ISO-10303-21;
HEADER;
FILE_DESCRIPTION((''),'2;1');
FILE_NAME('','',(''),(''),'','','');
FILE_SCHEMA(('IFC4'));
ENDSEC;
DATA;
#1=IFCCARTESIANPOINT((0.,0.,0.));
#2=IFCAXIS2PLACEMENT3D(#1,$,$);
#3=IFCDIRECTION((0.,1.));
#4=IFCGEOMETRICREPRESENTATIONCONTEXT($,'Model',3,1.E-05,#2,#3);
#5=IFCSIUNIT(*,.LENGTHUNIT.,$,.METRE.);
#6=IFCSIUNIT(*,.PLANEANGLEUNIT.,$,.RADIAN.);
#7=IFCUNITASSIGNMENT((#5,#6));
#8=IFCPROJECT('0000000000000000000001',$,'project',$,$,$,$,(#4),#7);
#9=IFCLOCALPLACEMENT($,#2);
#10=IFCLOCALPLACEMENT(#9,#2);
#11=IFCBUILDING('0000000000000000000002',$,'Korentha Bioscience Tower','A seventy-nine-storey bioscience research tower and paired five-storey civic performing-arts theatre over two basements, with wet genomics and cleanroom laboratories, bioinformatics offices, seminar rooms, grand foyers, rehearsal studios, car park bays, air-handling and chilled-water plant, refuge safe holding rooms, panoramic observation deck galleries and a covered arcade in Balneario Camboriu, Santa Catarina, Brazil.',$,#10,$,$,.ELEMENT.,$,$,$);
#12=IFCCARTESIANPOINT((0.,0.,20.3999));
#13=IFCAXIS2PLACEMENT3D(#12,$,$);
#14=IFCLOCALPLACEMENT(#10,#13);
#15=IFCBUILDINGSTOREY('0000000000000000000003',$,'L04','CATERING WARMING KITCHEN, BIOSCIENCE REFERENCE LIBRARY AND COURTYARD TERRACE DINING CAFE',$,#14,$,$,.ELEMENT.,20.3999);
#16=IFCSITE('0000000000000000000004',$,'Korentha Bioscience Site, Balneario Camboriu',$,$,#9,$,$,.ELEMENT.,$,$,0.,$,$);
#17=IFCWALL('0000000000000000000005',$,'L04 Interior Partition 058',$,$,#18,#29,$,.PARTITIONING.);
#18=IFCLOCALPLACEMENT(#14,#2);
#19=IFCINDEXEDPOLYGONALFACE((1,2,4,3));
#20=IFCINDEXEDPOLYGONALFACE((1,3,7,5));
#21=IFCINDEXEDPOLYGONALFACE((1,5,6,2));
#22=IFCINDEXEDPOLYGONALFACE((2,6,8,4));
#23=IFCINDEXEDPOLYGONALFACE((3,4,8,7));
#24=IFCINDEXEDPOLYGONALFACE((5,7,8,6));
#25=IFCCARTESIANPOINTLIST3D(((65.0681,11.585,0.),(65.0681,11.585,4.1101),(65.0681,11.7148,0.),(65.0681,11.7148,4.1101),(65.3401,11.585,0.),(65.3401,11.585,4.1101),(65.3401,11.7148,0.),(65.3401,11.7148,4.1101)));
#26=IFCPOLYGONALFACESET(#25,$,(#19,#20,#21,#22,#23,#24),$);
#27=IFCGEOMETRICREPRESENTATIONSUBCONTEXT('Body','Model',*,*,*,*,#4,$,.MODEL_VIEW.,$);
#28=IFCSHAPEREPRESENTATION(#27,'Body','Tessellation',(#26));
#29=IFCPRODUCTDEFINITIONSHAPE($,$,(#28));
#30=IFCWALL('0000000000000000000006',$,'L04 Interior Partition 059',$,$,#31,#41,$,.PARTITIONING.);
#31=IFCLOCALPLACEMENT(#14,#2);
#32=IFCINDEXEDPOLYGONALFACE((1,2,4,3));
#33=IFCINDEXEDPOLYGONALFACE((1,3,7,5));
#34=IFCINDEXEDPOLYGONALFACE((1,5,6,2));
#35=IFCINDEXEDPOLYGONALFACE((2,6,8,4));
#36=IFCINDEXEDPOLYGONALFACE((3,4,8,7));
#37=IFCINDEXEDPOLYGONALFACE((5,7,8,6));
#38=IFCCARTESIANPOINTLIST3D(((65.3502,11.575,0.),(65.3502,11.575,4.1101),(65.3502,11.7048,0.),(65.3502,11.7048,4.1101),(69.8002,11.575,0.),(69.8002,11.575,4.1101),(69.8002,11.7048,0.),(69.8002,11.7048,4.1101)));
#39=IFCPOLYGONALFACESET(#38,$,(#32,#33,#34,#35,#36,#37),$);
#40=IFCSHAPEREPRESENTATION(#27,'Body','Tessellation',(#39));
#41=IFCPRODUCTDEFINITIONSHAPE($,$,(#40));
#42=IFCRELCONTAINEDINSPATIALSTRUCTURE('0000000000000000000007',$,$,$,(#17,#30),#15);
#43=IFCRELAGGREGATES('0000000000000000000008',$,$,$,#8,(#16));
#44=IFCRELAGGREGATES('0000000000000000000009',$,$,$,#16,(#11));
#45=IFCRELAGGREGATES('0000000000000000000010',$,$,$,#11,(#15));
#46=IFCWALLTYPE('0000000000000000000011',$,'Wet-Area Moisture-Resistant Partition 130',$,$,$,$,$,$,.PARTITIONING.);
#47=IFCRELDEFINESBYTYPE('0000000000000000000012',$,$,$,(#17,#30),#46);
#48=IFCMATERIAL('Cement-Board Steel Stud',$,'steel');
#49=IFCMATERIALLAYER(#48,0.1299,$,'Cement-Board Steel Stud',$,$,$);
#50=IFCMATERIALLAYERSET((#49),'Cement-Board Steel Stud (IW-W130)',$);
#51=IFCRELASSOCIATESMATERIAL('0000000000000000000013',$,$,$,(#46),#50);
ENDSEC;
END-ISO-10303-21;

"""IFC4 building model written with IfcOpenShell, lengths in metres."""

from ifc_helpers import new_model, si_unit, direction, frame, frame_2d, origin, place, context, subcontext, project, spatial, rectangle, extrude, material, layer, layer_set, type_object, element, save


model = new_model("IFC4")

# Units and contexts
model_context = context("Model", 3, precision=1e-05, world=origin(), true_north=direction((0.0, 1.0)))
body_context = subcontext(model_context, "Body", "Model", "MODEL_VIEW")
ifc_project = project(units=[si_unit("LENGTHUNIT", "METRE"), si_unit("PLANEANGLEUNIT", "RADIAN")], contexts=[model_context])

# Site, building, storey
site_placement = place(None, origin())
site = spatial("IfcSite", under=ifc_project, at=site_placement, Name="Korentha Bioscience Site, Balneario Camboriu", CompositionType="ELEMENT", RefElevation=0.0)
building_placement = place(site_placement, origin())
building = spatial("IfcBuilding", under=site, at=building_placement, Name="Korentha Bioscience Tower", Description="A seventy-nine-storey bioscience research tower and paired five-storey civic performing-arts theatre over two basements, with wet genomics and cleanroom laboratories, bioinformatics offices, seminar rooms, grand foyers, rehearsal studios, car park bays, air-handling and chilled-water plant, refuge safe holding rooms, panoramic observation deck galleries and a covered arcade in Balneario Camboriu, Santa Catarina, Brazil.", CompositionType="ELEMENT")
storey_placement = place(building_placement, frame((0.0, 0.0, 20.3999)))
storey = spatial("IfcBuildingStorey", under=building, at=storey_placement, Name="L04", Description="CATERING WARMING KITCHEN, BIOSCIENCE REFERENCE LIBRARY AND COURTYARD TERRACE DINING CAFE", CompositionType="ELEMENT", Elevation=20.3999)

# Walls
ifc_material_1 = material(Name="Cement-Board Steel Stud", Category="steel")
ifc_layer_1 = layer(ifc_material_1, 0.1299, Name="Cement-Board Steel Stud")
ifc_layer_set_1 = layer_set([ifc_layer_1], Name="Cement-Board Steel Stud (IW-W130)")
wall_type_1 = type_object("IfcWallType", Name="Wet-Area Moisture-Resistant Partition 130", PredefinedType="PARTITIONING", material=ifc_layer_set_1)
wall_1_placement = place(storey_placement, frame((65.0681, 11.6499, 0.0), z_axis=(0.0, 0.0, 1.0), x_axis=(1.0, 0.0, 0.0)))
element("IfcWall", 1, at=wall_1_placement, inside=storey, type_object=wall_type_1, Name="L04 Interior Partition 058", PredefinedType="PARTITIONING", context=body_context, shape_type="SweptSolid", body=[
    extrude(rectangle(XDim=0.272, YDim=0.1299, at=frame_2d((0.136, 0.0))), origin(), (0.0, 0.0, 1.0), 4.1101),
])
wall_2_placement = place(storey_placement, frame((65.3501, 11.6399, 0.0), z_axis=(0.0, 0.0, 1.0), x_axis=(1.0, 0.0, 0.0)))
element("IfcWall", 2, at=wall_2_placement, inside=storey, type_object=wall_type_1, Name="L04 Interior Partition 059", PredefinedType="PARTITIONING", context=body_context, shape_type="SweptSolid", body=[
    extrude(rectangle(XDim=4.45, YDim=0.1299, at=frame_2d((2.2251, 0.0))), origin(), (0.0, 0.0, 1.0), 4.1101),
])

save(model, "model.ifc")
